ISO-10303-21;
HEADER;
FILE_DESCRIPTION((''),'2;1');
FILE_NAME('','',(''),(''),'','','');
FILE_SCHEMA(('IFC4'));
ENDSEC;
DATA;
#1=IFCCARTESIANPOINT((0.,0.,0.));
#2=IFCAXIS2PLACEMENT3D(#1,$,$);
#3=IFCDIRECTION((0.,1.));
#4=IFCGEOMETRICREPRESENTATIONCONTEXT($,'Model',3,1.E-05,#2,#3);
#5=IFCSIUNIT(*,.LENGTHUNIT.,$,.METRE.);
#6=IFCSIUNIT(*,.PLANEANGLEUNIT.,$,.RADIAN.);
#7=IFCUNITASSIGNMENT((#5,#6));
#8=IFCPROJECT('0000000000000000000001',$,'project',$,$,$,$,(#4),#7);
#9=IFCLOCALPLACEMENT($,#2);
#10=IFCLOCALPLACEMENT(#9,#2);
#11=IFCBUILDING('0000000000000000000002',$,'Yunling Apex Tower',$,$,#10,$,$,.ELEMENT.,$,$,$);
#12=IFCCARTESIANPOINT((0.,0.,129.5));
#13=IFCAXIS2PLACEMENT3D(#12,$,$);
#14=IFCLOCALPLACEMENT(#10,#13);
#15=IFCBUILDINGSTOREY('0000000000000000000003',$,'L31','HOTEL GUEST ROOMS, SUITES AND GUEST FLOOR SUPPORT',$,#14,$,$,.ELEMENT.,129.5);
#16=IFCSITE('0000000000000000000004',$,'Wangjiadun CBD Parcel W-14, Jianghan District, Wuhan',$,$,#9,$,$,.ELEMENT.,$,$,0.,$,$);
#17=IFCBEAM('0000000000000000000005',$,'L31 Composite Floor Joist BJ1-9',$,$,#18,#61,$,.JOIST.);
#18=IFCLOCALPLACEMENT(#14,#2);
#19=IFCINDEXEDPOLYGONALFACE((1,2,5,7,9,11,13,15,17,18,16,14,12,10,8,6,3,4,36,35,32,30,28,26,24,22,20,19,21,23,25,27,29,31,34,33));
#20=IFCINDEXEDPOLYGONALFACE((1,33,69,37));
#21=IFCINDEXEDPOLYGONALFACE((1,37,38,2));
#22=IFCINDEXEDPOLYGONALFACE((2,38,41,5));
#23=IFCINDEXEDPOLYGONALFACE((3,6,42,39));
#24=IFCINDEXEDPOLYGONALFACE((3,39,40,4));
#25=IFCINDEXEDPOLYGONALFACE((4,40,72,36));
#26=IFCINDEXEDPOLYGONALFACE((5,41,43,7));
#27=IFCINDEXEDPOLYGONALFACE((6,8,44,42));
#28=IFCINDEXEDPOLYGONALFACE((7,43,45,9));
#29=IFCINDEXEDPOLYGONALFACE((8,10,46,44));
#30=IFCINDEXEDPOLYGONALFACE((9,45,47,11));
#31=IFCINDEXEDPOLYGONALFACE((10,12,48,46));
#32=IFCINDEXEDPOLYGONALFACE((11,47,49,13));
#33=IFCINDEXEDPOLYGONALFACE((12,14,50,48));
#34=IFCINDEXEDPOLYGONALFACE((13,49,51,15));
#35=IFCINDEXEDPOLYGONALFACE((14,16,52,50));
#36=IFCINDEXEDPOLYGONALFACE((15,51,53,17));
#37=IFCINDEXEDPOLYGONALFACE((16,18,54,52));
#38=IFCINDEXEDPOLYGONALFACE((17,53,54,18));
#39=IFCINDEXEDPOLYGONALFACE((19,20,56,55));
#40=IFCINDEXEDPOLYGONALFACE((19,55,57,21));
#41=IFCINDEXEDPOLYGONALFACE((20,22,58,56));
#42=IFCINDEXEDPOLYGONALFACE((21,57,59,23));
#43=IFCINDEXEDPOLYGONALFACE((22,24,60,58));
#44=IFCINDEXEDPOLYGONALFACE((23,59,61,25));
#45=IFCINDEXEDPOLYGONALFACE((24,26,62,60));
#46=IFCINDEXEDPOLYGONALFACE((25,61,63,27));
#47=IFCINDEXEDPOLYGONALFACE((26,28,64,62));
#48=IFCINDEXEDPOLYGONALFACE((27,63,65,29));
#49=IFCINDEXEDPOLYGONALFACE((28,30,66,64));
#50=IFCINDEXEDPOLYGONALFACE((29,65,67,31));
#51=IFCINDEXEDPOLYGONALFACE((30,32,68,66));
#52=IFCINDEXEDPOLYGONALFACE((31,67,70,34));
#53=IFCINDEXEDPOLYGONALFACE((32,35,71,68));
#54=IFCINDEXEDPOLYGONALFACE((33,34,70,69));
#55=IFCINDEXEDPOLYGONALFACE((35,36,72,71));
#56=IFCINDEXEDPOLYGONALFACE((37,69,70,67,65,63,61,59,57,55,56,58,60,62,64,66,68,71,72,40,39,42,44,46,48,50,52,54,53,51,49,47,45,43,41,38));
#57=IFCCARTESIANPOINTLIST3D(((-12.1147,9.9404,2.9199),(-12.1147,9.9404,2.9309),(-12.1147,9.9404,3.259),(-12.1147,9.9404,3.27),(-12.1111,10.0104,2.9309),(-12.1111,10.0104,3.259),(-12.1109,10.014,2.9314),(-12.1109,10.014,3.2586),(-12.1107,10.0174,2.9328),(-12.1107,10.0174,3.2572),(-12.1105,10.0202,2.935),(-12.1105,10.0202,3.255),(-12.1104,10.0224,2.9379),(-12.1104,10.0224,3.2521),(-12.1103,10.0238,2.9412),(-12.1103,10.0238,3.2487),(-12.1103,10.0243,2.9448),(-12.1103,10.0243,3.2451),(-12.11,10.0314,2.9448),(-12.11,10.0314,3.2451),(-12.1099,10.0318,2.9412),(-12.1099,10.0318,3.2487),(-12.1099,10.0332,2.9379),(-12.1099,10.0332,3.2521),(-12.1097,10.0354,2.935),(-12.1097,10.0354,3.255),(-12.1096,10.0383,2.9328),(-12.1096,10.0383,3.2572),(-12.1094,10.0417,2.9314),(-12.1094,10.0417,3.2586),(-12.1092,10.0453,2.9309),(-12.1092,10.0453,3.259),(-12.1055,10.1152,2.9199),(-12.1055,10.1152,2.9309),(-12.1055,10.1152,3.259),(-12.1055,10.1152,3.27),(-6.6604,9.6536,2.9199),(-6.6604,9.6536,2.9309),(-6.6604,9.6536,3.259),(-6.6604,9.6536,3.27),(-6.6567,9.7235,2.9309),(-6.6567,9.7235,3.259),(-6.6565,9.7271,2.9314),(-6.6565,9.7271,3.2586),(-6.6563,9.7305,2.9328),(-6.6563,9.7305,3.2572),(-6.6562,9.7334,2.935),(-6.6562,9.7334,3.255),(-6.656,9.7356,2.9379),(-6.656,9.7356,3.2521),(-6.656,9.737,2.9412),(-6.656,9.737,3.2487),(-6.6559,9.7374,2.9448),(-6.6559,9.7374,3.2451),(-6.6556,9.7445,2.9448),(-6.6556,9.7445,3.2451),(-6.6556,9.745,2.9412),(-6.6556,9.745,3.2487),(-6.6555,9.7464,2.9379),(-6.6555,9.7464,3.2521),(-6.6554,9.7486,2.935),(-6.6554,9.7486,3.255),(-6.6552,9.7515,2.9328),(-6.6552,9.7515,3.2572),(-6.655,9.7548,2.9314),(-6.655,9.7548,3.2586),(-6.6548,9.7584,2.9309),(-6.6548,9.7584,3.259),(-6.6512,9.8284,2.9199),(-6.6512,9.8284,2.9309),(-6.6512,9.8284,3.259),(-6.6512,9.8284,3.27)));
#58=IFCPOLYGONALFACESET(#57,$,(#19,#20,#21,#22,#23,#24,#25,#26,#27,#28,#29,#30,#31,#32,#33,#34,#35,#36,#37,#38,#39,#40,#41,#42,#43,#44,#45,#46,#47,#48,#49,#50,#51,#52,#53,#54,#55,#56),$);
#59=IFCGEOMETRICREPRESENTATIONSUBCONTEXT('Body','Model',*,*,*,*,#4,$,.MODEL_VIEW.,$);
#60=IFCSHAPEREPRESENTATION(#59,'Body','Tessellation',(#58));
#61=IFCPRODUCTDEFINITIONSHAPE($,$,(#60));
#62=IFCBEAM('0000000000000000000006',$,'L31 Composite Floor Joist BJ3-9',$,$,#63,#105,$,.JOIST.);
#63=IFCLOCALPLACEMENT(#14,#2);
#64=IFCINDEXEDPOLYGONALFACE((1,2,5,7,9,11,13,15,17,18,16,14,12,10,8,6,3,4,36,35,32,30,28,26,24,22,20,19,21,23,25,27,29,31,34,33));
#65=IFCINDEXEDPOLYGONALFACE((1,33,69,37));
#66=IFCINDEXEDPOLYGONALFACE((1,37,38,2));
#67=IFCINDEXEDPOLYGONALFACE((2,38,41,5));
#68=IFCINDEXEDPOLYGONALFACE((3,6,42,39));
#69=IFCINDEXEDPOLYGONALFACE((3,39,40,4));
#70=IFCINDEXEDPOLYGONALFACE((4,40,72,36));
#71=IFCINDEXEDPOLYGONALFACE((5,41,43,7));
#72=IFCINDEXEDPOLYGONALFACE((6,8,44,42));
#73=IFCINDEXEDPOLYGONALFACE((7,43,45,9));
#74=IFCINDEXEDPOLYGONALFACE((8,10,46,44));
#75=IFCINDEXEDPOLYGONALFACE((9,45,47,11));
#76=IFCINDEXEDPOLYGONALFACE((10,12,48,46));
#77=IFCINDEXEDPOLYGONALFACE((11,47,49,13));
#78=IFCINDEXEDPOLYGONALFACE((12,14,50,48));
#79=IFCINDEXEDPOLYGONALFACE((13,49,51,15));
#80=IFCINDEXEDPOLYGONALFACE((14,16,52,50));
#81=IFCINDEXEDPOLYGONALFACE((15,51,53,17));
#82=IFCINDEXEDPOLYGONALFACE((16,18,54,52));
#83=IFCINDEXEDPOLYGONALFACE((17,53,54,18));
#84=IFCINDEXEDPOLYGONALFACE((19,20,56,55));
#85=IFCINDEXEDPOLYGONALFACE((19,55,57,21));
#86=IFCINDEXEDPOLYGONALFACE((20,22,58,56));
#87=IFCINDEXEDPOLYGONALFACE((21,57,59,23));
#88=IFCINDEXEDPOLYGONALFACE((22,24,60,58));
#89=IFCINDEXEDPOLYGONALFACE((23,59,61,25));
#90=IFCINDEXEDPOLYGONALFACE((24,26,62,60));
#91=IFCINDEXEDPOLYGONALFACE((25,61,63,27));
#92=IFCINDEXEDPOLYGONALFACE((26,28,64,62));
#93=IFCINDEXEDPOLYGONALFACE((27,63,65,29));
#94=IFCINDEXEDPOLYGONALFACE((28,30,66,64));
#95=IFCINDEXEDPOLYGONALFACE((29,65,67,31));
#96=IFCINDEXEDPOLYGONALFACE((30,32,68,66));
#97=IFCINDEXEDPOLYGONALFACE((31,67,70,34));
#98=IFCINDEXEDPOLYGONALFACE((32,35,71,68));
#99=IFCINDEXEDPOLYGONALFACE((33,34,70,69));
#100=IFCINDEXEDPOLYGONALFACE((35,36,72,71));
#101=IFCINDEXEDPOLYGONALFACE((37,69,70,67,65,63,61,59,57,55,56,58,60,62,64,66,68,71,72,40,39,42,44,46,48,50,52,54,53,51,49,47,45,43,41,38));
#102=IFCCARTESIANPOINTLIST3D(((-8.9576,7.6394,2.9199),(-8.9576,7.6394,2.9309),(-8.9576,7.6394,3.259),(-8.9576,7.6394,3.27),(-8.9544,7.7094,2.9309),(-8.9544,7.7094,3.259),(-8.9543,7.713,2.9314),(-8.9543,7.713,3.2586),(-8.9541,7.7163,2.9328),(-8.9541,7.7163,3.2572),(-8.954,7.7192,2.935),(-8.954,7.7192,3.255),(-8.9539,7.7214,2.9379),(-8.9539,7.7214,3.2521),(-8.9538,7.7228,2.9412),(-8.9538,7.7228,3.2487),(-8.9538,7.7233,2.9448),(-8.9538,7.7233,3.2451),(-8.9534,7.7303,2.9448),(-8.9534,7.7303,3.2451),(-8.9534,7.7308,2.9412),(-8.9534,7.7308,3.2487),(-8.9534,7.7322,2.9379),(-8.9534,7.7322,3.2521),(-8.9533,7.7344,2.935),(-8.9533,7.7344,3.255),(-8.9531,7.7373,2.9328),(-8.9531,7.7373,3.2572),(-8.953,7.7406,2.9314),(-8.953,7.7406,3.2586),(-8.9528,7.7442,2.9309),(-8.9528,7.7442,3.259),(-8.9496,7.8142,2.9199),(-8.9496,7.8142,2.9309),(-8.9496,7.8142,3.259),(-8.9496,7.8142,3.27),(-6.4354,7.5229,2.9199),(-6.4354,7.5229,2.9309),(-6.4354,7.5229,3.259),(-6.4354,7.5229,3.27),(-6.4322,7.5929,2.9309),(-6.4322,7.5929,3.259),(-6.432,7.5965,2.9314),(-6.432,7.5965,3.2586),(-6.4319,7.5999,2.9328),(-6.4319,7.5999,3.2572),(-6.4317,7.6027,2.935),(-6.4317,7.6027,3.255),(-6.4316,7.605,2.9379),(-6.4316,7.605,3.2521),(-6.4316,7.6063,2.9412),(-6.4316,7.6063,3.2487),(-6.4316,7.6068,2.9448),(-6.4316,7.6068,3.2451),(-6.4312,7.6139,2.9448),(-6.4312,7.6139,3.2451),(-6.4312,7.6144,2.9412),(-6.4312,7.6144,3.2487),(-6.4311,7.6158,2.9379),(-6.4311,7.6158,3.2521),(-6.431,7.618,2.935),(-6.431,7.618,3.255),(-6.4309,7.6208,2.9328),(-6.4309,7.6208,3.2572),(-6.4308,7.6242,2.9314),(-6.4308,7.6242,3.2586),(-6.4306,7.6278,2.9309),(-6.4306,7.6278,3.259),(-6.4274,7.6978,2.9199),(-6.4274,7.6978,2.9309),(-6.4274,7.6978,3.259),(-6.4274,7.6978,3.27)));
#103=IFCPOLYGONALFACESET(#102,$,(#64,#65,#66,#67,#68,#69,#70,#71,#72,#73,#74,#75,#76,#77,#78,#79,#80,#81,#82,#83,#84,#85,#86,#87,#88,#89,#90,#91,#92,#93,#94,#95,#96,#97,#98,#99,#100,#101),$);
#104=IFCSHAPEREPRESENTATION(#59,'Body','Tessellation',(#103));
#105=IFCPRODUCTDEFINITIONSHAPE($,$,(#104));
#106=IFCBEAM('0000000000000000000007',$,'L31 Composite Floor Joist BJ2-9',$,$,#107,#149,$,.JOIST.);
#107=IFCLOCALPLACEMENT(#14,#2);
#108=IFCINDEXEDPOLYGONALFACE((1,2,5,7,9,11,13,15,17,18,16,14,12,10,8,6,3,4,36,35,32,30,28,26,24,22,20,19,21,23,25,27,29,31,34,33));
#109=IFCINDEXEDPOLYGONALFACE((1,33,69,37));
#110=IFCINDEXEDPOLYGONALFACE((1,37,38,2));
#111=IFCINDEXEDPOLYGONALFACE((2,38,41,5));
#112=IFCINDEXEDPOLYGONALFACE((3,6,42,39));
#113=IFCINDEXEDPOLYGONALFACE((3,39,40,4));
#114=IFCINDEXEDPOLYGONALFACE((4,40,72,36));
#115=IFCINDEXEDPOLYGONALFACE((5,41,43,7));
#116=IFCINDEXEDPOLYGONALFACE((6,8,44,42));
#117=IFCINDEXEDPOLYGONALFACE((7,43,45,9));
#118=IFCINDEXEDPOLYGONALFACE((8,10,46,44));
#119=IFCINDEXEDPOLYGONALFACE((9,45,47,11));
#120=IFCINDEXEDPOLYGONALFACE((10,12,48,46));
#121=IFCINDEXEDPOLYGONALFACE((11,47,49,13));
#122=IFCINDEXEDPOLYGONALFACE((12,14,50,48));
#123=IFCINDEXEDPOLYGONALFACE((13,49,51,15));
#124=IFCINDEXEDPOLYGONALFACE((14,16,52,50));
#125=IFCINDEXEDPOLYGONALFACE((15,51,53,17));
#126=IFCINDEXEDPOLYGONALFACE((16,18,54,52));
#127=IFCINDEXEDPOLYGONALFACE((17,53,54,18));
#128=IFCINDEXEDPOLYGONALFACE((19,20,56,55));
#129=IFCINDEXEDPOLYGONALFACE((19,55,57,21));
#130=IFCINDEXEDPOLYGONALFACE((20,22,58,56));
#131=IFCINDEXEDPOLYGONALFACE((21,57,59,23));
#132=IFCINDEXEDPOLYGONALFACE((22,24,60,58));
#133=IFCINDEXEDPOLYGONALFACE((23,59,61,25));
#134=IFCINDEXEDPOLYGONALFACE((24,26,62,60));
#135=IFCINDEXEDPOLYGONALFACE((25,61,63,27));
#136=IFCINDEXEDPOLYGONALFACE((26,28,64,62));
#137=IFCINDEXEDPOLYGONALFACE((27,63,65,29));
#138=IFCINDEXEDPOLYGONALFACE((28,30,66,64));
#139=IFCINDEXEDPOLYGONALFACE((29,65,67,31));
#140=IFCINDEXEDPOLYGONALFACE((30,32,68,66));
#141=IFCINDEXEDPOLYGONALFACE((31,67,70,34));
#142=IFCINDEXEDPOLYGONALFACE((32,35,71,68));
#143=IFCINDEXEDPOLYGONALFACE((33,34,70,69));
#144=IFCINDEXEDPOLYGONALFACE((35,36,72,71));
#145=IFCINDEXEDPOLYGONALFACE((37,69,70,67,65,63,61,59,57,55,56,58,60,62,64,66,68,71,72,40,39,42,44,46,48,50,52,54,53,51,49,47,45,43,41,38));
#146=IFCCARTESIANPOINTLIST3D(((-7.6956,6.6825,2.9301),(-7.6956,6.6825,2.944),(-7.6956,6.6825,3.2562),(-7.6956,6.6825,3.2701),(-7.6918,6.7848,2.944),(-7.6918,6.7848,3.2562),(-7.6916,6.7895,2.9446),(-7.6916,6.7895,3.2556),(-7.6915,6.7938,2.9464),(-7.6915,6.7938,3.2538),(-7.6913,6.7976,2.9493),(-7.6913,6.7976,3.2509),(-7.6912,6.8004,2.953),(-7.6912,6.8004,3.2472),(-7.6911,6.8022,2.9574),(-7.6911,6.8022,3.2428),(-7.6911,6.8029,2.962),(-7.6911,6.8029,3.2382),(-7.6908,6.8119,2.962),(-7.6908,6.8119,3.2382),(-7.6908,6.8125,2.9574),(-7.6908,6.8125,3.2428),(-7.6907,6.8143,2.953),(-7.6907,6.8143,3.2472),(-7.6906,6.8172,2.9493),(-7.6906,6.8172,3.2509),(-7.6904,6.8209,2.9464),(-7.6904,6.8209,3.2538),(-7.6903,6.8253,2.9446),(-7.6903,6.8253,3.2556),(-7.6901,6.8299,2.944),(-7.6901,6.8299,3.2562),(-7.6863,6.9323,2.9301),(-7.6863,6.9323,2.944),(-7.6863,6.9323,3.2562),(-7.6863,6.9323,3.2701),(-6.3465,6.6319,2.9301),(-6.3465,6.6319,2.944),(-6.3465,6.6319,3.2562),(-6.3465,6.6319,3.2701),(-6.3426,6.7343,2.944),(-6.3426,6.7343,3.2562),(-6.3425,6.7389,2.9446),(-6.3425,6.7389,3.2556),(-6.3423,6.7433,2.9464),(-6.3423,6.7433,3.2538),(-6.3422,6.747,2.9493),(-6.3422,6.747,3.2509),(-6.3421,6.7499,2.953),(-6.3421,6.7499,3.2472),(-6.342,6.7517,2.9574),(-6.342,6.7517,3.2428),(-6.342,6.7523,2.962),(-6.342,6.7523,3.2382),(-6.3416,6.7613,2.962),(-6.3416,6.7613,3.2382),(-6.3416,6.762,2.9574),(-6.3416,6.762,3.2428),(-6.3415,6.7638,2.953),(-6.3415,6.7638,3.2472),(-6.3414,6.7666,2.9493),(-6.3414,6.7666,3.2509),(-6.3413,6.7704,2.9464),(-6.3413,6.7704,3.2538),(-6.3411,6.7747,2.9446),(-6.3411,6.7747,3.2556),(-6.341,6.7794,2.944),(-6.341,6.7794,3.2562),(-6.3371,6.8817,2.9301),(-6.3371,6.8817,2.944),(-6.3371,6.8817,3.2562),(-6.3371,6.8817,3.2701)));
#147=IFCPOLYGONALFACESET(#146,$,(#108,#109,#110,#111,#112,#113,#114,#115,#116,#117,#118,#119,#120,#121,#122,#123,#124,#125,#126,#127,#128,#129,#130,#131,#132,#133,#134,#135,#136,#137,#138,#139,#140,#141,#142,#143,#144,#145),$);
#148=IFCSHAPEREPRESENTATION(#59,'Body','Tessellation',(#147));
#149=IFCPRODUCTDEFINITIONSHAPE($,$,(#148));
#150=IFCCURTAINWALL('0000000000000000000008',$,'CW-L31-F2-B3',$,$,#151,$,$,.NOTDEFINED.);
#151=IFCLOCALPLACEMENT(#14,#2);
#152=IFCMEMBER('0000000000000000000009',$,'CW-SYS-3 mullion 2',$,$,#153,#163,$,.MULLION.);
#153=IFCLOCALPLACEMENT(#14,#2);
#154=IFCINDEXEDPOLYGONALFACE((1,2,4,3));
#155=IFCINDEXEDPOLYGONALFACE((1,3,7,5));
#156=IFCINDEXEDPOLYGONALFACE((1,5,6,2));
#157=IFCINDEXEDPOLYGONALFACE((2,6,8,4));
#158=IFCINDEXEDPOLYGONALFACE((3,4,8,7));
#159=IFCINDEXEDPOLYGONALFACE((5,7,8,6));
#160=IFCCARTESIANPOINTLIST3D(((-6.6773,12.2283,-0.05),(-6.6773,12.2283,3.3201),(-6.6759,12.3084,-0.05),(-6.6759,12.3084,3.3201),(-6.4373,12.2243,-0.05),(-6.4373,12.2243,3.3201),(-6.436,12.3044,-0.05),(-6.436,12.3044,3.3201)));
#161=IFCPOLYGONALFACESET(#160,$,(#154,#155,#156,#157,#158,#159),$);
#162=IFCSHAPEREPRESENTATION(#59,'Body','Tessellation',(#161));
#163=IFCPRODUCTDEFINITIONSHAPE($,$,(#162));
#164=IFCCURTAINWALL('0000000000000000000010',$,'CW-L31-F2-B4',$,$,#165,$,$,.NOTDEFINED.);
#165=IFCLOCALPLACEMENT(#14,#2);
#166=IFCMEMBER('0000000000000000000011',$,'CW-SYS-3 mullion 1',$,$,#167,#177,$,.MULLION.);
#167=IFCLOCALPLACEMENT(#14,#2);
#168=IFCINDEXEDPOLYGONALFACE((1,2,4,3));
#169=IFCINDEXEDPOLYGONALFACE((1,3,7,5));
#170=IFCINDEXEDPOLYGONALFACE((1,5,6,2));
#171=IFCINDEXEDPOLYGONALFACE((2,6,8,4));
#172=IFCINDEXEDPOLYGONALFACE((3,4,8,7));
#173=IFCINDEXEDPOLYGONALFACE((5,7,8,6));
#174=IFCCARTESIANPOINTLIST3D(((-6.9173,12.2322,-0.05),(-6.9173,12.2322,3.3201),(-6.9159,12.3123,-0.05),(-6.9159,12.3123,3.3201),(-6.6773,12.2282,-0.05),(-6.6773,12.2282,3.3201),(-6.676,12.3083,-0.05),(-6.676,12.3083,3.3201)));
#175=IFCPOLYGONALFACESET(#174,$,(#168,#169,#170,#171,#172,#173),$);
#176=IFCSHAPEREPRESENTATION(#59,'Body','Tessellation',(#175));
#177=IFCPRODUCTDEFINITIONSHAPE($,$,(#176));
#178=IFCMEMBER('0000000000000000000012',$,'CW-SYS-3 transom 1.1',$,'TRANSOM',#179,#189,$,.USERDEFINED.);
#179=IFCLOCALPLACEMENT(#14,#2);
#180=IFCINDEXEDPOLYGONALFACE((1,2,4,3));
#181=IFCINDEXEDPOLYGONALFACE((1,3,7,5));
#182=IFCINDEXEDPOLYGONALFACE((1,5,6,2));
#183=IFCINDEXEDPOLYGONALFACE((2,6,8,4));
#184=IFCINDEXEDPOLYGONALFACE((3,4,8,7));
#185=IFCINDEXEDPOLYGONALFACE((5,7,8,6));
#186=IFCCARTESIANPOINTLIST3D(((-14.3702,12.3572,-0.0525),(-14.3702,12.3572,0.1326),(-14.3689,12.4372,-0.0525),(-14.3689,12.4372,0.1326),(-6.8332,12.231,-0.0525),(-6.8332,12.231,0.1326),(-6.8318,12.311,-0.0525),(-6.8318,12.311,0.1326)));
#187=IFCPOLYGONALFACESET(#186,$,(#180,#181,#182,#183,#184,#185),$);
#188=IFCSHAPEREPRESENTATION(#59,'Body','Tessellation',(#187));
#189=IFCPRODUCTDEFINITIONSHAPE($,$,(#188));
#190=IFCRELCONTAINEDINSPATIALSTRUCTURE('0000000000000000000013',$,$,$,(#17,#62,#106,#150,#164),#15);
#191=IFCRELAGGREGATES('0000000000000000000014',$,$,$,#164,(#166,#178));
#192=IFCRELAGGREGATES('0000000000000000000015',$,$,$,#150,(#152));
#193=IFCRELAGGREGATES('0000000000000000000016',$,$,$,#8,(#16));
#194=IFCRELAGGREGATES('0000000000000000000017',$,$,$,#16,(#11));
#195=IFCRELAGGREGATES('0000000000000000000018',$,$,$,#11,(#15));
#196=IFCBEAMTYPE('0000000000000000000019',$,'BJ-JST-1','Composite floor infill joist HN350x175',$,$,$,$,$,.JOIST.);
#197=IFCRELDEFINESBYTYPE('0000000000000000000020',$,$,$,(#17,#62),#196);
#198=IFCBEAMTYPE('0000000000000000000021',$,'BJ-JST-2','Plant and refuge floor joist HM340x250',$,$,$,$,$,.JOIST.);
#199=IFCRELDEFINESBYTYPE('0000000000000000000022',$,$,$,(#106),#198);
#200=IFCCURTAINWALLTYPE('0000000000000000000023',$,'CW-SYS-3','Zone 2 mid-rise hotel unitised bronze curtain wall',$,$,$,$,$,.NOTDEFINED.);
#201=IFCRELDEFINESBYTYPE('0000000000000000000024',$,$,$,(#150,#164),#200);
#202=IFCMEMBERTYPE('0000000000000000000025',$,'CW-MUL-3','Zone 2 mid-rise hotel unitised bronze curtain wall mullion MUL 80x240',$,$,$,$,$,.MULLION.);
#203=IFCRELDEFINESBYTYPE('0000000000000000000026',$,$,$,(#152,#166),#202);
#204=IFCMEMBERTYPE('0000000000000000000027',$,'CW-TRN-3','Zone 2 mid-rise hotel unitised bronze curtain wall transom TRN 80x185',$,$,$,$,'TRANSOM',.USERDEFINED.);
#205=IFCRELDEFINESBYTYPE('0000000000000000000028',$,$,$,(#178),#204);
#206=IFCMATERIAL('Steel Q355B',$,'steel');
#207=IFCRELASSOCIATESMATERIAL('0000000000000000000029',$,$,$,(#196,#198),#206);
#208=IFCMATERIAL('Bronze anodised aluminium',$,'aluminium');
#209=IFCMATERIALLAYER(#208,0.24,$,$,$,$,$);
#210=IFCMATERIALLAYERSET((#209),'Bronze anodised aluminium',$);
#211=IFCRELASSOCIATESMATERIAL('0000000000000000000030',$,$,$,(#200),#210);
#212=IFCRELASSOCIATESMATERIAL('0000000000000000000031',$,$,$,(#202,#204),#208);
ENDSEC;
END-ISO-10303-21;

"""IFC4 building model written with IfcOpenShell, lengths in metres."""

from ifc_helpers import new_model, si_unit, direction, frame, origin, origin_2d, place, context, subcontext, project, spatial, rectangle, i_section, extrude, source, transform, mapped, material, layer, layer_set, material_profile, profile_set, type_object, element, aggregate, save


model = new_model("IFC4")

# Units and contexts
model_context = context("Model", 3, precision=1e-05, world=origin(), true_north=direction((0.0, 1.0)))
body_context = subcontext(model_context, "Body", "Model", "MODEL_VIEW")
ifc_project = project(units=[si_unit("LENGTHUNIT", "METRE"), si_unit("PLANEANGLEUNIT", "RADIAN")], contexts=[model_context])

# Site, building, storey
site_placement = place(None, origin())
site = spatial("IfcSite", under=ifc_project, at=site_placement, Name="Wangjiadun CBD Parcel W-14, Jianghan District, Wuhan", CompositionType="ELEMENT", RefElevation=0.0)
building_placement = place(site_placement, origin())
building = spatial("IfcBuilding", under=site, at=building_placement, Name="Yunling Apex Tower", CompositionType="ELEMENT")
storey_placement = place(building_placement, frame((0.0, 0.0, 129.5)))
storey = spatial("IfcBuildingStorey", under=building, at=storey_placement, Name="L31", Description="HOTEL GUEST ROOMS, SUITES AND GUEST FLOOR SUPPORT", CompositionType="ELEMENT", Elevation=129.5)

# Beams
ifc_material_1 = material(Name="Steel Q355B", Category="steel")
ifc_material_profile_1 = material_profile(ifc_material_1, i_section(OverallWidth=0.175, OverallDepth=0.3501, WebThickness=0.0071, FlangeThickness=0.011, FilletRadius=0.0139, at=origin_2d()))
ifc_profile_set_1 = profile_set([ifc_material_profile_1], Name="Steel Q355B")
beam_type_1 = type_object("IfcBeamType", Name="BJ-JST-1", Description="Composite floor infill joist HN350x175", PredefinedType="JOIST", material=ifc_profile_set_1)
shared_shape_1 = source(origin(), body_context, "Body", "SweptSolid", [
    extrude(i_section(OverallWidth=0.175, OverallDepth=0.3501, WebThickness=0.0071, FlangeThickness=0.011, FilletRadius=0.0139, at=origin_2d()), origin(), (0.0, 0.0, 1.0), 5.4619),
])
beam_1_placement = place(storey_placement, frame((-6.6558, 9.741, 3.095), z_axis=(-0.99862, 0.052521, 0.0), x_axis=(-0.052521, -0.99862, 0.0)))
element("IfcBeam", 1, at=beam_1_placement, inside=storey, type_object=beam_type_1, Name="L31 Composite Floor Joist BJ1-9", PredefinedType="JOIST", context=body_context, shape_type="MappedRepresentation", body=[
    mapped(shared_shape_1, transform((0.0, 0.0, 0.0), scale=1.0)),
])
shared_shape_2 = source(origin(), body_context, "Body", "SweptSolid", [
    extrude(i_section(OverallWidth=0.175, OverallDepth=0.3501, WebThickness=0.0071, FlangeThickness=0.011, FilletRadius=0.0139, at=origin_2d()), origin(), (0.0, 0.0, 1.0), 2.5249),
])
beam_2_placement = place(storey_placement, frame((-6.4314, 7.6104, 3.095), z_axis=(-0.998936, 0.046123, 0.0), x_axis=(-0.046123, -0.998936, 0.0)))
element("IfcBeam", 2, at=beam_2_placement, inside=storey, type_object=beam_type_1, Name="L31 Composite Floor Joist BJ3-9", PredefinedType="JOIST", context=body_context, shape_type="MappedRepresentation", body=[
    mapped(shared_shape_2, transform((0.0, 0.0, 0.0), scale=1.0)),
])
ifc_material_profile_2 = material_profile(ifc_material_1, i_section(OverallWidth=0.25, OverallDepth=0.3401, WebThickness=0.009, FlangeThickness=0.0139, FilletRadius=0.0181, at=origin_2d()))
ifc_profile_set_2 = profile_set([ifc_material_profile_2], Name="Steel Q355B")
beam_type_2 = type_object("IfcBeamType", Name="BJ-JST-2", Description="Plant and refuge floor joist HM340x250", PredefinedType="JOIST", material=ifc_profile_set_2)
shared_shape_3 = source(origin(), body_context, "Body", "SweptSolid", [
    extrude(i_section(OverallWidth=0.25, OverallDepth=0.3401, WebThickness=0.009, FlangeThickness=0.0139, FilletRadius=0.0181, at=origin_2d()), origin(), (0.0, 0.0, 1.0), 1.3501),
])
beam_3_placement = place(storey_placement, frame((-6.3418, 6.7568, 3.1001), z_axis=(-0.999299, 0.037433, 0.0), x_axis=(-0.037433, -0.999299, 0.0)))
element("IfcBeam", 3, at=beam_3_placement, inside=storey, type_object=beam_type_2, Name="L31 Composite Floor Joist BJ2-9", PredefinedType="JOIST", context=body_context, shape_type="MappedRepresentation", body=[
    mapped(shared_shape_3, transform((0.0, 0.0, 0.0), scale=1.0)),
])

# Curtain wall, member
ifc_material_2 = material(Name="Bronze anodised aluminium", Category="aluminium")
ifc_layer_1 = layer(ifc_material_2, 0.24)
ifc_layer_set_1 = layer_set([ifc_layer_1], Name="Bronze anodised aluminium")
curtain_wall_type = type_object("IfcCurtainWallType", Name="CW-SYS-3", Description="Zone 2 mid-rise hotel unitised bronze curtain wall", PredefinedType="NOTDEFINED", material=ifc_layer_set_1)
curtain_wall_1_placement = place(storey_placement, origin())
curtain_wall_1 = element("IfcCurtainWall", 4, at=curtain_wall_1_placement, inside=storey, type_object=curtain_wall_type, Name="CW-L31-F2-B3", PredefinedType="NOTDEFINED")
ifc_material_profile_3 = material_profile(ifc_material_2, rectangle(XDim=0.0801, YDim=0.24, at=origin_2d()))
ifc_profile_set_3 = profile_set([ifc_material_profile_3], Name="Bronze anodised aluminium")
member_type_1 = type_object("IfcMemberType", Name="CW-MUL-3", Description="Zone 2 mid-rise hotel unitised bronze curtain wall mullion MUL 80x240", PredefinedType="MULLION", material=ifc_profile_set_3)
shared_shape_4 = source(origin(), body_context, "Body", "SweptSolid", [
    extrude(rectangle(XDim=0.0801, YDim=0.24, at=origin_2d()), origin(), (0.0, 0.0, 1.0), 3.3701),
])
member_1_placement = place(storey_placement, frame((-6.5566, 12.2664, -0.05), z_axis=(0.0, 0.0, 1.0), x_axis=(-0.016762, -0.99986, 0.0)))
member_1 = element("IfcMember", 5, at=member_1_placement, type_object=member_type_1, Name="CW-SYS-3 mullion 2", PredefinedType="MULLION", context=body_context, shape_type="MappedRepresentation", body=[
    mapped(shared_shape_4, transform((0.0, 0.0, 0.0), scale=1.0)),
])

# Curtain wall, members
curtain_wall_2_placement = place(storey_placement, origin())
curtain_wall_2 = element("IfcCurtainWall", 6, at=curtain_wall_2_placement, inside=storey, type_object=curtain_wall_type, Name="CW-L31-F2-B4", PredefinedType="NOTDEFINED")
member_2_placement = place(storey_placement, frame((-6.7966, 12.2703, -0.05), z_axis=(0.0, 0.0, 1.0), x_axis=(-0.016762, -0.99986, 0.0)))
member_2 = element("IfcMember", 7, at=member_2_placement, type_object=member_type_1, Name="CW-SYS-3 mullion 1", PredefinedType="MULLION", context=body_context, shape_type="MappedRepresentation", body=[
    mapped(shared_shape_4, transform((0.0, 0.0, 0.0), scale=1.0)),
])
ifc_material_profile_4 = material_profile(ifc_material_2, rectangle(XDim=0.0801, YDim=0.1851, at=origin_2d()))
ifc_profile_set_4 = profile_set([ifc_material_profile_4], Name="Bronze anodised aluminium")
member_type_2 = type_object("IfcMemberType", Name="CW-TRN-3", Description="Zone 2 mid-rise hotel unitised bronze curtain wall transom TRN 80x185", ElementType="TRANSOM", PredefinedType="USERDEFINED", material=ifc_profile_set_4)
shared_shape_5 = source(origin(), body_context, "Body", "SweptSolid", [
    extrude(rectangle(XDim=0.0801, YDim=0.1851, at=origin_2d()), origin(), (0.0, 0.0, 1.0), 7.5381),
])
member_3_placement = place(storey_placement, frame((-6.8325, 12.271, 0.04), z_axis=(-0.99986, 0.016744, 0.0), x_axis=(-0.016744, -0.99986, 0.0)))
member_3 = element("IfcMember", 8, at=member_3_placement, type_object=member_type_2, Name="CW-SYS-3 transom 1.1", ObjectType="TRANSOM", PredefinedType="USERDEFINED", context=body_context, shape_type="MappedRepresentation", body=[
    mapped(shared_shape_5, transform((0.0, 0.0, 0.0), scale=1.0)),
])
aggregate(curtain_wall_2, [member_2, member_3])

aggregate(curtain_wall_1, [member_1])

save(model, "model.ifc")
